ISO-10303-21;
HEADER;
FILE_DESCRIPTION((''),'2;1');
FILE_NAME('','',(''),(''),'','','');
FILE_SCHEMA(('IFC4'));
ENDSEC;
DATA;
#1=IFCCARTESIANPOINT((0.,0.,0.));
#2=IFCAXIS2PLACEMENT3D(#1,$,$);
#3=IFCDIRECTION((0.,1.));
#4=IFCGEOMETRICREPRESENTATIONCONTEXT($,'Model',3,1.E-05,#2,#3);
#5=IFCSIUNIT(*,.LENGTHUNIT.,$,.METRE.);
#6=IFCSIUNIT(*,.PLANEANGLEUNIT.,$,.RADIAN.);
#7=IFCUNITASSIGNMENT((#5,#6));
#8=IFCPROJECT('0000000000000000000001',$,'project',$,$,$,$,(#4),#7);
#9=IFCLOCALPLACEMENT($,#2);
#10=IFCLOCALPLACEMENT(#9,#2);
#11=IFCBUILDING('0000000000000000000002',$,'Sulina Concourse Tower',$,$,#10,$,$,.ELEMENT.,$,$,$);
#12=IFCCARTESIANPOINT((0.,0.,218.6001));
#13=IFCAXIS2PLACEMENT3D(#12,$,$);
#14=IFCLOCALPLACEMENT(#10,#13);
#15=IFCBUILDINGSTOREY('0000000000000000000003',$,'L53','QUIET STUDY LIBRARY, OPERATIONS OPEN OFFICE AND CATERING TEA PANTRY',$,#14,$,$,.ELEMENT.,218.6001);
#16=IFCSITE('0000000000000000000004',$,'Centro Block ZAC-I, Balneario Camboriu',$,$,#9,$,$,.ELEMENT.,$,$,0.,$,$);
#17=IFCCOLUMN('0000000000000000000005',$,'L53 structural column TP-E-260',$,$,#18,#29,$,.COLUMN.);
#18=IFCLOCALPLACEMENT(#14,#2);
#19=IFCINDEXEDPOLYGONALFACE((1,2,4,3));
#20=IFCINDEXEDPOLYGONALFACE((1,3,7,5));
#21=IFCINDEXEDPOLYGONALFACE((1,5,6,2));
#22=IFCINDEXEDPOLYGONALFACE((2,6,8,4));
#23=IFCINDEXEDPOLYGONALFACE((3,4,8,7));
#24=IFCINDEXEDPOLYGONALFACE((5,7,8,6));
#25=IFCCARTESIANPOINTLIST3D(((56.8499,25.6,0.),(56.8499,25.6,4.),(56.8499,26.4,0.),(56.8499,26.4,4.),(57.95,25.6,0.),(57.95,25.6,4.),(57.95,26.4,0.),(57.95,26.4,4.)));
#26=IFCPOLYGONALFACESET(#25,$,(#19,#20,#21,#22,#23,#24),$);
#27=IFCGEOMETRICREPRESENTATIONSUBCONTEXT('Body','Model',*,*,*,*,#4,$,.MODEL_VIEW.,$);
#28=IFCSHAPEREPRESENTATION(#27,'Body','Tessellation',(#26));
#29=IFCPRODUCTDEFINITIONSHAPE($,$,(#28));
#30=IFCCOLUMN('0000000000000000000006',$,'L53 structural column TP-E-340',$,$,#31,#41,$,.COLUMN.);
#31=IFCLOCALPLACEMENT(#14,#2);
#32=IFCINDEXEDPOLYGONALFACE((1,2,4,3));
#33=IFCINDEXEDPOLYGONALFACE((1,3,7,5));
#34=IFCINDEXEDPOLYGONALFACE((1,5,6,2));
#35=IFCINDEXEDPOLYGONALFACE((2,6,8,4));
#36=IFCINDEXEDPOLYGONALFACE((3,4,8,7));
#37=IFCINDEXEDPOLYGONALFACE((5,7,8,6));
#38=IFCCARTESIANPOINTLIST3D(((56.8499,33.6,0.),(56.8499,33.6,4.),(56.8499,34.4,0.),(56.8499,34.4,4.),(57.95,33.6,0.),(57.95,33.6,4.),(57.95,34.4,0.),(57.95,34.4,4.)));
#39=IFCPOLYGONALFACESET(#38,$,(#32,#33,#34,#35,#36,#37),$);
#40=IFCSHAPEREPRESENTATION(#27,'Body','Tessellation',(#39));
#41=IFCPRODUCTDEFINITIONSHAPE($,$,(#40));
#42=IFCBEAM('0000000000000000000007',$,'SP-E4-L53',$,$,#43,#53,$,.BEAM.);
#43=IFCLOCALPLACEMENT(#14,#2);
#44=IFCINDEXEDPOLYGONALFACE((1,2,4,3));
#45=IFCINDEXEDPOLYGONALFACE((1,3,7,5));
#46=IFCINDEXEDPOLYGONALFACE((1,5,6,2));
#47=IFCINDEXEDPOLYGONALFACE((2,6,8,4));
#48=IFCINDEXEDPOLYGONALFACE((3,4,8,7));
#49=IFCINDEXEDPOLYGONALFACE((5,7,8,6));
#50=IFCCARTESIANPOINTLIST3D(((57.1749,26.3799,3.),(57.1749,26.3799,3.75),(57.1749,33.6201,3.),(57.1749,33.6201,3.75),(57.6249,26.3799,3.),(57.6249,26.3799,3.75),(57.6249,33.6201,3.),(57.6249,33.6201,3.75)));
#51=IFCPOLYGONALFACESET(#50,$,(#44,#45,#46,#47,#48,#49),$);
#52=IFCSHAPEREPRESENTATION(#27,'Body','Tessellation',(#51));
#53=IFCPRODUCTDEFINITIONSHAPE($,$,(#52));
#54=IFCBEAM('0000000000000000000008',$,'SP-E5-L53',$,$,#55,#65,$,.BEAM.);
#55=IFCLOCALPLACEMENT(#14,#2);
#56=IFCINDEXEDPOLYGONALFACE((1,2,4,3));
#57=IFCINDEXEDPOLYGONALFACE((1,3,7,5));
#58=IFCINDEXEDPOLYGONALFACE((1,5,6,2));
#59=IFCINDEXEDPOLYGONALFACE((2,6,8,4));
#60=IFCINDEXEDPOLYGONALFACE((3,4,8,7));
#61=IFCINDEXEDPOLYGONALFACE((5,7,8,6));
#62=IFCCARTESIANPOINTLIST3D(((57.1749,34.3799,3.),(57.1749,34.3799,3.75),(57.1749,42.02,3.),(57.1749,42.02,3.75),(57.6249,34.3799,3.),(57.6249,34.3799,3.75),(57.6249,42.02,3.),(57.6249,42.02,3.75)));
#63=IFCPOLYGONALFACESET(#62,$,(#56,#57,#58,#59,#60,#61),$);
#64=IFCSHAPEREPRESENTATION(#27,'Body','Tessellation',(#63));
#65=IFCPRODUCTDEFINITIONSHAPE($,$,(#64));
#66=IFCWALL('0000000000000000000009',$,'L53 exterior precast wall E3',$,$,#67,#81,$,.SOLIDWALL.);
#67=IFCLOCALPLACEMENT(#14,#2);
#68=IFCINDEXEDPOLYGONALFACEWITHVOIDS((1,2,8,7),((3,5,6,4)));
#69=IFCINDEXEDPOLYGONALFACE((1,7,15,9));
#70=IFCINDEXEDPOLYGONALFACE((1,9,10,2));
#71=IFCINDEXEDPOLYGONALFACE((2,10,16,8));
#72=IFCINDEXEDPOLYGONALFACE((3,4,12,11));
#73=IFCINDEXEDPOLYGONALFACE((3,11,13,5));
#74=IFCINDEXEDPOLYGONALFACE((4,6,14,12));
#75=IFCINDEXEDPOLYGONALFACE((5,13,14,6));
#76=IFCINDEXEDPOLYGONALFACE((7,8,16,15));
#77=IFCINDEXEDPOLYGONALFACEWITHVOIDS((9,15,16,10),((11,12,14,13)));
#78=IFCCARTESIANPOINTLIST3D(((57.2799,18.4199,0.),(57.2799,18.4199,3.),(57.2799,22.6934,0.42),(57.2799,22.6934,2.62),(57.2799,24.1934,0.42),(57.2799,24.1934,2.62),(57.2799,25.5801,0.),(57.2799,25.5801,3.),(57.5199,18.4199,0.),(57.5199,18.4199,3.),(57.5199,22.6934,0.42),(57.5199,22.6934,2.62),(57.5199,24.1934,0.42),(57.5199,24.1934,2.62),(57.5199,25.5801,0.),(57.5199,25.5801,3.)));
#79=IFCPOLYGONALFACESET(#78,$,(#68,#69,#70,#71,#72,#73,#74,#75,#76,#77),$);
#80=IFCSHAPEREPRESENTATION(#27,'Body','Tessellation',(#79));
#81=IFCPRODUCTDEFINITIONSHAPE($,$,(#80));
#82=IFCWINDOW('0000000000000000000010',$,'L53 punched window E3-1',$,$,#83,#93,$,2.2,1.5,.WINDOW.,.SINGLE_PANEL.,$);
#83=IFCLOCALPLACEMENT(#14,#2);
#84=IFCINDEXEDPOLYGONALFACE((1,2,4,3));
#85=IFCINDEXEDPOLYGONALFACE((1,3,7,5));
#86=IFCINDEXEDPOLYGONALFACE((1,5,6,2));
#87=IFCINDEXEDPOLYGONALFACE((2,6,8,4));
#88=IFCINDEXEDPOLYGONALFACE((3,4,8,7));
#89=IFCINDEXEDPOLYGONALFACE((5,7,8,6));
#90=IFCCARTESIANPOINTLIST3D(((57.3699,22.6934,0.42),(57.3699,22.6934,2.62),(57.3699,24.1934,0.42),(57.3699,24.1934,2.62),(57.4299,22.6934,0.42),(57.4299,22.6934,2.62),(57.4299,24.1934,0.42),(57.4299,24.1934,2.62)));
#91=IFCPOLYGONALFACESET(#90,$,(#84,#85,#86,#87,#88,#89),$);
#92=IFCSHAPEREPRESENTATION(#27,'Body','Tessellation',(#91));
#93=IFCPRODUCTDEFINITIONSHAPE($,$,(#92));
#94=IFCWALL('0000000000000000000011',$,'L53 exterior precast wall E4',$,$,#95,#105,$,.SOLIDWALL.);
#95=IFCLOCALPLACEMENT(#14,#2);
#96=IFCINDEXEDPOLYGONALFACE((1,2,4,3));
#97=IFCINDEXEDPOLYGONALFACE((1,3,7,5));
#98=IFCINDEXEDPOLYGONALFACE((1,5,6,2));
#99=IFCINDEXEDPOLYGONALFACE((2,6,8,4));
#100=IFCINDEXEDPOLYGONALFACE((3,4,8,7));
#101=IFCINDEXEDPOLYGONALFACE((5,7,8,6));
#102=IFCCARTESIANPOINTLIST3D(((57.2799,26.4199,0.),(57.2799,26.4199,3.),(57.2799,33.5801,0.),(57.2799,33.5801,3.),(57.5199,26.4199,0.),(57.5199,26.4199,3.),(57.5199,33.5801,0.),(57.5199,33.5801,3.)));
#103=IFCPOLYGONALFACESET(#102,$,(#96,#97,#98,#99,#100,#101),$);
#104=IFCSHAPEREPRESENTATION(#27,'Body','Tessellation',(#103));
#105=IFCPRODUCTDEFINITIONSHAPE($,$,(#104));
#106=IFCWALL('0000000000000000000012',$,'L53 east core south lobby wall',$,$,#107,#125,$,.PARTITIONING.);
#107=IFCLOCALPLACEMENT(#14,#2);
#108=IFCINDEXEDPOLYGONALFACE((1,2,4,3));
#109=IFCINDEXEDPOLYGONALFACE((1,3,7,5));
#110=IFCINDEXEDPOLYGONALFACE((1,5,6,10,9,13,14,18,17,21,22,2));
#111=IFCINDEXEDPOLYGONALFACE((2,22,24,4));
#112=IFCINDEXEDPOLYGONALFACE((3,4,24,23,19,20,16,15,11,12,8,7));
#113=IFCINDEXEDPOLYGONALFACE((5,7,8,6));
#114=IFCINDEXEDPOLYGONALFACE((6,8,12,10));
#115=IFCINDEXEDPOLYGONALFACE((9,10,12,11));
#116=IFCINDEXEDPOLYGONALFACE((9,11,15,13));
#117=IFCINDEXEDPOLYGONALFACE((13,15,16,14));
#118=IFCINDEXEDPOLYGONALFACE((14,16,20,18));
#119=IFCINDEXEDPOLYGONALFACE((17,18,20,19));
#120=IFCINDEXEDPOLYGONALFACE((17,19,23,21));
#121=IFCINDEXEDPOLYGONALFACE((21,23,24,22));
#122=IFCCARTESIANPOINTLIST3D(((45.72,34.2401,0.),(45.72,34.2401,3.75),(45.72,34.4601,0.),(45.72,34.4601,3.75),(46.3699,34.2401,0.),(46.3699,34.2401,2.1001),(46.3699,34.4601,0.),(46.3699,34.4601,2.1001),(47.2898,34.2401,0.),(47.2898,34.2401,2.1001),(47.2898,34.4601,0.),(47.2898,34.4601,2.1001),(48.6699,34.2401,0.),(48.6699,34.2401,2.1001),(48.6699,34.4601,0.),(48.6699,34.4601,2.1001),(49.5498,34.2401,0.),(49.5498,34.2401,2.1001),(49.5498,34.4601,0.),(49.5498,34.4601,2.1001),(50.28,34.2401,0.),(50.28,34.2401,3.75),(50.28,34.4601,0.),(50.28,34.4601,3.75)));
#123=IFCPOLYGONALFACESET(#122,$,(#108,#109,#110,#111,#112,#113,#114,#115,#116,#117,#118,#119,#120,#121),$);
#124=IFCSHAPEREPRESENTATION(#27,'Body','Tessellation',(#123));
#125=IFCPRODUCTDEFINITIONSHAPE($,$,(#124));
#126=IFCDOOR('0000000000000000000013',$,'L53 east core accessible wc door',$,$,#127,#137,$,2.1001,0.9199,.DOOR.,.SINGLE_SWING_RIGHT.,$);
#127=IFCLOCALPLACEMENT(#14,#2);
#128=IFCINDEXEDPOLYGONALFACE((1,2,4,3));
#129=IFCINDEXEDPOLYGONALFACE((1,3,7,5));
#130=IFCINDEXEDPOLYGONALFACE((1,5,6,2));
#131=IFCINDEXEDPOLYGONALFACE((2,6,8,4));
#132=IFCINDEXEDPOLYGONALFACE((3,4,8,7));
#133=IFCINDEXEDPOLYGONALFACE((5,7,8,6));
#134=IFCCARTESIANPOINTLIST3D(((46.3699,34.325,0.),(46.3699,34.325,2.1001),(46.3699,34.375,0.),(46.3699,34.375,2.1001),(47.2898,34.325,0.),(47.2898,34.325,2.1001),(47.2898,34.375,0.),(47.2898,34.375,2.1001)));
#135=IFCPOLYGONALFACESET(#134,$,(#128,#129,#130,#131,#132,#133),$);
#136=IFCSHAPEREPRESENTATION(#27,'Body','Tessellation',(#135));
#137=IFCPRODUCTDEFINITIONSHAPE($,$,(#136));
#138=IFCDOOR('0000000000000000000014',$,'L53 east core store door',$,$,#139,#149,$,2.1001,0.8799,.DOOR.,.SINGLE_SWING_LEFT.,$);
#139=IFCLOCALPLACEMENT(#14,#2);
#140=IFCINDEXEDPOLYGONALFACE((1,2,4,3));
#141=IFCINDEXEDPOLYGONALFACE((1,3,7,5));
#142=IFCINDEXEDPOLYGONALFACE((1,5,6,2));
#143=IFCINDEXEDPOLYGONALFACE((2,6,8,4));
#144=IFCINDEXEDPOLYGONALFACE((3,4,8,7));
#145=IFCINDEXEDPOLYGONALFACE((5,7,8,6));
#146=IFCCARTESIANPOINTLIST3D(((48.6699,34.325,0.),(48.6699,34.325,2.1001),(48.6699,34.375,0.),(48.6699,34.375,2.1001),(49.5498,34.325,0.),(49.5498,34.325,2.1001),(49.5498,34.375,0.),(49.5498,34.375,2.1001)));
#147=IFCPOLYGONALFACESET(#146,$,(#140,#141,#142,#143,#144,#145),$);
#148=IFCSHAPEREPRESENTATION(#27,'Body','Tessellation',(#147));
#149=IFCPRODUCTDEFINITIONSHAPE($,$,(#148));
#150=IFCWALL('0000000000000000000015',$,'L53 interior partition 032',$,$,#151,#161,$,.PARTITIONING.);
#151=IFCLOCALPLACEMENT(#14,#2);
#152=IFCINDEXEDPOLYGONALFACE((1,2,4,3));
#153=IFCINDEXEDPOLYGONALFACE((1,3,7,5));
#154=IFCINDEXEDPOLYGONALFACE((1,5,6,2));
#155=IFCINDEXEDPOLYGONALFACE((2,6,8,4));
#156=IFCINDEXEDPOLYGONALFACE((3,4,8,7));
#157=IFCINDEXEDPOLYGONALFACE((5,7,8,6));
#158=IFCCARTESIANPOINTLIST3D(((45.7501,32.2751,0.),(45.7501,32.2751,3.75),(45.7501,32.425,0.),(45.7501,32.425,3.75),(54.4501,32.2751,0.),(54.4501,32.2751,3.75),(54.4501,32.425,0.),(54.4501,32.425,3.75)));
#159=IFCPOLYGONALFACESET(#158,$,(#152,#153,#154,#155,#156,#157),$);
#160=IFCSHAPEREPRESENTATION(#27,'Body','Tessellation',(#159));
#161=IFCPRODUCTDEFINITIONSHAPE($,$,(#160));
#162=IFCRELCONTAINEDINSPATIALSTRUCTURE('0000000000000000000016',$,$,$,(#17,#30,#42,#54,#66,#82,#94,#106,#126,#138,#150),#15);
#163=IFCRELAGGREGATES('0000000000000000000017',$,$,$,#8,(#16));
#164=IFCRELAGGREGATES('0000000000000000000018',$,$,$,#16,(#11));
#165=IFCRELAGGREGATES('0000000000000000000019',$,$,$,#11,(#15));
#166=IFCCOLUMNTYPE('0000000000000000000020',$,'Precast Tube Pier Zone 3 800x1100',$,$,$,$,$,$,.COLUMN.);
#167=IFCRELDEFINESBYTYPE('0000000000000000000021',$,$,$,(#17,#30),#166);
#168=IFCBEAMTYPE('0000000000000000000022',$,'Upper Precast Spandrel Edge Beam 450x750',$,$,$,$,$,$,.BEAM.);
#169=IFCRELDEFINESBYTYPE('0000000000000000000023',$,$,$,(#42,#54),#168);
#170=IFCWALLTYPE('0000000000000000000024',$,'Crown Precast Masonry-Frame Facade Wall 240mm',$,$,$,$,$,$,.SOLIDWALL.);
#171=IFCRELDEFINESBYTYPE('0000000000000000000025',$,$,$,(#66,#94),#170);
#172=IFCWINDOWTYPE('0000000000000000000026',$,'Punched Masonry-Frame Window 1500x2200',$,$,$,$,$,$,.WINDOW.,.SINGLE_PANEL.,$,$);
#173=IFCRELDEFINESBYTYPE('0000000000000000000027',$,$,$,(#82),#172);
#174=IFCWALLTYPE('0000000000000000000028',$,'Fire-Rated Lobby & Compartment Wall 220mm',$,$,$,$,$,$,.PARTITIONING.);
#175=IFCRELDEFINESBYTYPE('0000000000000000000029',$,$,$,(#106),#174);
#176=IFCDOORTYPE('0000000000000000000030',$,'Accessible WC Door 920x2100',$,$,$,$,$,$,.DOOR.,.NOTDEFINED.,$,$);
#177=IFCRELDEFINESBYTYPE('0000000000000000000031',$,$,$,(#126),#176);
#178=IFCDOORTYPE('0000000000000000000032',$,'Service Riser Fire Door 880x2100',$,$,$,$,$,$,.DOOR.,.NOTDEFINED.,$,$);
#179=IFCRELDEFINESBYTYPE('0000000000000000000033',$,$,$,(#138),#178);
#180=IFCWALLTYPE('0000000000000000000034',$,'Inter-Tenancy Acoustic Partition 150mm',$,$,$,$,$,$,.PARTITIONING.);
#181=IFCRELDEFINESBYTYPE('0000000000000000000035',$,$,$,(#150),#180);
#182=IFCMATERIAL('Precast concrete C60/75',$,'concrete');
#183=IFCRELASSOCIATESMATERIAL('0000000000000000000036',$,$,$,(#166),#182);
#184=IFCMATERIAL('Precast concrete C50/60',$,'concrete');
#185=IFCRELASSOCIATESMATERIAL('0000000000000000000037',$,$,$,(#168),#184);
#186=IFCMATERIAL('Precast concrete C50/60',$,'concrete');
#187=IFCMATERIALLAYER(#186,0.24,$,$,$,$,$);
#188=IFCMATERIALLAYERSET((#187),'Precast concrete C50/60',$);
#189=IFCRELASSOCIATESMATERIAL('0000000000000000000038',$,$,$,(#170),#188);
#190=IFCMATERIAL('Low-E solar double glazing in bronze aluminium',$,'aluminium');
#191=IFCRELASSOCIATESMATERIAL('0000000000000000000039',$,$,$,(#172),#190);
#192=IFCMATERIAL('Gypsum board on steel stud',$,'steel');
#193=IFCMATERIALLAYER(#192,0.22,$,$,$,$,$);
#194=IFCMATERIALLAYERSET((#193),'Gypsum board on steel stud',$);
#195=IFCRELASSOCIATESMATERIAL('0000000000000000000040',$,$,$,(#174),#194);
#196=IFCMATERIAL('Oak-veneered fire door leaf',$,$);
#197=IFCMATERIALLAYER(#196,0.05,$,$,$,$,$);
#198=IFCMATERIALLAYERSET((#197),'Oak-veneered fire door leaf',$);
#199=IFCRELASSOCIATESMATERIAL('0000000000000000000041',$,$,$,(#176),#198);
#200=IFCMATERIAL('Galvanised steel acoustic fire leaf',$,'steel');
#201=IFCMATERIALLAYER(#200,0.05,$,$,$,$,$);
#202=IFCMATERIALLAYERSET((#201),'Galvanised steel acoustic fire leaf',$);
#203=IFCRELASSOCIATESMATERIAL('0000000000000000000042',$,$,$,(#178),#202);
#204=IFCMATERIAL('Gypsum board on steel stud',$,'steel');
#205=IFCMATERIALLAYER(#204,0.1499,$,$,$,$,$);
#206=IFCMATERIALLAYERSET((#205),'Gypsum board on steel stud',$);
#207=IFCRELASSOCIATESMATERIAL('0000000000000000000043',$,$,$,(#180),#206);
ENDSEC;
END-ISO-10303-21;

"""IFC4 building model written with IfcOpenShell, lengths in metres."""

from ifc_helpers import new_model, si_unit, direction, frame, frame_2d, origin, origin_2d, place, context, subcontext, project, spatial, rectangle, extrude, material, layer, layer_set, material_profile, profile_set, type_object, element, fill, save


model = new_model("IFC4")

# Units and contexts
model_context = context("Model", 3, precision=1e-05, world=origin(), true_north=direction((0.0, 1.0)))
body_context = subcontext(model_context, "Body", "Model", "MODEL_VIEW")
ifc_project = project(units=[si_unit("LENGTHUNIT", "METRE"), si_unit("PLANEANGLEUNIT", "RADIAN")], contexts=[model_context])

# Site, building, storey
site_placement = place(None, origin())
site = spatial("IfcSite", under=ifc_project, at=site_placement, Name="Centro Block ZAC-I, Balneario Camboriu", CompositionType="ELEMENT", RefElevation=0.0)
building_placement = place(site_placement, origin())
building = spatial("IfcBuilding", under=site, at=building_placement, Name="Sulina Concourse Tower", CompositionType="ELEMENT")
storey_placement = place(building_placement, frame((0.0, 0.0, 218.6001)))
storey = spatial("IfcBuildingStorey", under=building, at=storey_placement, Name="L53", Description="QUIET STUDY LIBRARY, OPERATIONS OPEN OFFICE AND CATERING TEA PANTRY", CompositionType="ELEMENT", Elevation=218.6001)

# Columns
ifc_material_1 = material(Name="Precast concrete C60/75", Category="concrete")
ifc_material_profile_1 = material_profile(ifc_material_1, rectangle(XDim=0.8, YDim=1.1001, at=origin_2d()), Name="PC 800x1100")
ifc_profile_set_1 = profile_set([ifc_material_profile_1], Name="Precast concrete C60/75")
column_type = type_object("IfcColumnType", Name="Precast Tube Pier Zone 3 800x1100", PredefinedType="COLUMN", material=ifc_profile_set_1)
for number, where, z_axis, x_axis, name in (
    (1, (57.3999, 26.0, 0.0), (0.0, 0.0, 1.0), (0.0, 1.0, 0.0), "L53 structural column TP-E-260"),
    (2, (57.3999, 34.0, 0.0), (0.0, 0.0, 1.0), (0.0, 1.0, 0.0), "L53 structural column TP-E-340"),
):
    element("IfcColumn", number, at=place(storey_placement, frame(where, z_axis=z_axis, x_axis=x_axis)), inside=storey, type_object=column_type, Name=name, PredefinedType="COLUMN", context=body_context, shape_type="SweptSolid", body=[
        extrude(rectangle(XDim=0.8, YDim=1.1001, at=origin_2d()), origin(), (0.0, 0.0, 1.0), 4.0),
    ])

# Beams
ifc_material_2 = material(Name="Precast concrete C50/60", Category="concrete")
ifc_material_profile_2 = material_profile(ifc_material_2, rectangle(XDim=0.45, YDim=0.75, at=origin_2d()), Name="RC 450x750")
ifc_profile_set_2 = profile_set([ifc_material_profile_2], Name="Precast concrete C50/60")
beam_type = type_object("IfcBeamType", Name="Upper Precast Spandrel Edge Beam 450x750", PredefinedType="BEAM", material=ifc_profile_set_2)
beam_1_placement = place(storey_placement, frame((57.3999, 26.3799, 3.375), z_axis=(0.0, 1.0, 0.0), x_axis=(-1.0, 0.0, 0.0)))
element("IfcBeam", 3, at=beam_1_placement, inside=storey, type_object=beam_type, Name="SP-E4-L53", PredefinedType="BEAM", context=body_context, shape_type="SweptSolid", body=[
    extrude(rectangle(XDim=0.45, YDim=0.75, at=origin_2d()), origin(), (0.0, 0.0, 1.0), 7.2402),
])
beam_2_placement = place(storey_placement, frame((57.3999, 34.3799, 3.375), z_axis=(0.0, 1.0, 0.0), x_axis=(-1.0, 0.0, 0.0)))
element("IfcBeam", 4, at=beam_2_placement, inside=storey, type_object=beam_type, Name="SP-E5-L53", PredefinedType="BEAM", context=body_context, shape_type="SweptSolid", body=[
    extrude(rectangle(XDim=0.45, YDim=0.75, at=origin_2d()), origin(), (0.0, 0.0, 1.0), 7.6401),
])

# Wall, opening, window
ifc_material_3 = material(Name="Precast concrete C50/60", Category="concrete")
ifc_layer_1 = layer(ifc_material_3, 0.24)
ifc_layer_set_1 = layer_set([ifc_layer_1], Name="Precast concrete C50/60")
wall_type_1 = type_object("IfcWallType", Name="Crown Precast Masonry-Frame Facade Wall 240mm", PredefinedType="SOLIDWALL", material=ifc_layer_set_1)
wall_1_placement = place(storey_placement, frame((57.3999, 25.5801, 0.0), z_axis=(0.0, 0.0, 1.0), x_axis=(0.0, -1.0, 0.0)))
wall_1 = element("IfcWall", 5, at=wall_1_placement, inside=storey, type_object=wall_type_1, Name="L53 exterior precast wall E3", PredefinedType="SOLIDWALL", context=body_context, shape_type="SweptSolid", body=[
    extrude(rectangle(XDim=7.1602, YDim=0.24, at=frame_2d((3.5801, 0.0))), origin(), (0.0, 0.0, 1.0), 3.0),
])
opening_1_placement = place(wall_1_placement, frame((1.3867, 0.0, 0.4199)))
opening_1 = element("IfcOpeningElement", 6, at=opening_1_placement, cuts=wall_1, PredefinedType="OPENING", context=body_context, shape_type="SweptSolid", body=[
    extrude(rectangle(XDim=1.5, YDim=2.2, at=frame_2d((0.75, 1.1001))), frame((0.0, 0.1299, 0.0), z_axis=(0.0, -1.0, 0.0), x_axis=(1.0, 0.0, 0.0)), (0.0, 0.0, 1.0), 0.26),
])
ifc_material_4 = material(Name="Low-E solar double glazing in bronze aluminium", Category="aluminium")
window_type = type_object("IfcWindowType", Name="Punched Masonry-Frame Window 1500x2200", PartitioningType="SINGLE_PANEL", PredefinedType="WINDOW", material=ifc_material_4)
window_placement = place(opening_1_placement, origin())
window = element("IfcWindow", 7, at=window_placement, inside=storey, type_object=window_type, Name="L53 punched window E3-1", OverallHeight=2.2, OverallWidth=1.5, PartitioningType="SINGLE_PANEL", PredefinedType="WINDOW", context=body_context, shape_type="SweptSolid", body=[
    extrude(rectangle(XDim=1.5, YDim=2.2, at=frame_2d((0.75, 1.1001))), frame((0.0, 0.03, 0.0), z_axis=(0.0, -1.0, 0.0), x_axis=(1.0, 0.0, 0.0)), (0.0, 0.0, 1.0), 0.0601),
])
fill(opening_1, window)

# Wall
wall_2_placement = place(storey_placement, frame((57.3999, 33.5801, 0.0), z_axis=(0.0, 0.0, 1.0), x_axis=(0.0, -1.0, 0.0)))
element("IfcWall", 8, at=wall_2_placement, inside=storey, type_object=wall_type_1, Name="L53 exterior precast wall E4", PredefinedType="SOLIDWALL", context=body_context, shape_type="SweptSolid", body=[
    extrude(rectangle(XDim=7.1602, YDim=0.24, at=frame_2d((3.5801, 0.0))), origin(), (0.0, 0.0, 1.0), 3.0),
])

# Wall, openings, doors
ifc_material_5 = material(Name="Gypsum board on steel stud", Category="steel")
ifc_layer_2 = layer(ifc_material_5, 0.22)
ifc_layer_set_2 = layer_set([ifc_layer_2], Name="Gypsum board on steel stud")
wall_type_2 = type_object("IfcWallType", Name="Fire-Rated Lobby & Compartment Wall 220mm", PredefinedType="PARTITIONING", material=ifc_layer_set_2)
wall_3_placement = place(storey_placement, frame((45.72, 34.3501, 0.0), z_axis=(0.0, 0.0, 1.0), x_axis=(1.0, 0.0, 0.0)))
wall_3 = element("IfcWall", 9, at=wall_3_placement, inside=storey, type_object=wall_type_2, Name="L53 east core south lobby wall", PredefinedType="PARTITIONING", context=body_context, shape_type="SweptSolid", body=[
    extrude(rectangle(XDim=4.5601, YDim=0.22, at=frame_2d((2.28, 0.0))), origin(), (0.0, 0.0, 1.0), 3.75),
])
opening_2_placement = place(wall_3_placement, frame((0.6499, 0.0, 0.0)))
opening_2 = element("IfcOpeningElement", 10, at=opening_2_placement, cuts=wall_3, PredefinedType="OPENING", context=body_context, shape_type="SweptSolid", body=[
    extrude(rectangle(XDim=0.9199, YDim=2.1001, at=frame_2d((0.46, 1.05))), frame((0.0, 0.1199, 0.0), z_axis=(0.0, -1.0, 0.0), x_axis=(1.0, 0.0, 0.0)), (0.0, 0.0, 1.0), 0.24),
])
opening_3_placement = place(wall_3_placement, frame((2.95, 0.0, 0.0)))
opening_3 = element("IfcOpeningElement", 11, at=opening_3_placement, cuts=wall_3, PredefinedType="OPENING", context=body_context, shape_type="SweptSolid", body=[
    extrude(rectangle(XDim=0.8799, YDim=2.1001, at=frame_2d((0.4399, 1.05))), frame((0.0, 0.1199, 0.0), z_axis=(0.0, -1.0, 0.0), x_axis=(1.0, 0.0, 0.0)), (0.0, 0.0, 1.0), 0.24),
])
ifc_material_6 = material(Name="Oak-veneered fire door leaf")
ifc_layer_3 = layer(ifc_material_6, 0.05)
ifc_layer_set_3 = layer_set([ifc_layer_3], Name="Oak-veneered fire door leaf")
door_type_1 = type_object("IfcDoorType", Name="Accessible WC Door 920x2100", OperationType="NOTDEFINED", PredefinedType="DOOR", material=ifc_layer_set_3)
door_1_placement = place(opening_2_placement, origin())
door_1 = element("IfcDoor", 12, at=door_1_placement, inside=storey, type_object=door_type_1, Name="L53 east core accessible wc door", OperationType="SINGLE_SWING_RIGHT", OverallHeight=2.1001, OverallWidth=0.9199, PredefinedType="DOOR", context=body_context, shape_type="SweptSolid", body=[
    extrude(rectangle(XDim=0.9199, YDim=2.1001, at=frame_2d((0.46, 1.05))), frame((0.0, 0.0249, 0.0), z_axis=(0.0, -1.0, 0.0), x_axis=(1.0, 0.0, 0.0)), (0.0, 0.0, 1.0), 0.05),
])
fill(opening_2, door_1)
ifc_material_7 = material(Name="Galvanised steel acoustic fire leaf", Category="steel")
ifc_layer_4 = layer(ifc_material_7, 0.05)
ifc_layer_set_4 = layer_set([ifc_layer_4], Name="Galvanised steel acoustic fire leaf")
door_type_2 = type_object("IfcDoorType", Name="Service Riser Fire Door 880x2100", OperationType="NOTDEFINED", PredefinedType="DOOR", material=ifc_layer_set_4)
door_2_placement = place(opening_3_placement, origin())
door_2 = element("IfcDoor", 13, at=door_2_placement, inside=storey, type_object=door_type_2, Name="L53 east core store door", OperationType="SINGLE_SWING_LEFT", OverallHeight=2.1001, OverallWidth=0.8799, PredefinedType="DOOR", context=body_context, shape_type="SweptSolid", body=[
    extrude(rectangle(XDim=0.8799, YDim=2.1001, at=frame_2d((0.4399, 1.05))), frame((0.0, 0.0249, 0.0), z_axis=(0.0, -1.0, 0.0), x_axis=(1.0, 0.0, 0.0)), (0.0, 0.0, 1.0), 0.05),
])
fill(opening_3, door_2)

# Wall
ifc_material_8 = material(Name="Gypsum board on steel stud", Category="steel")
ifc_layer_5 = layer(ifc_material_8, 0.1499)
ifc_layer_set_5 = layer_set([ifc_layer_5], Name="Gypsum board on steel stud")
wall_type_3 = type_object("IfcWallType", Name="Inter-Tenancy Acoustic Partition 150mm", PredefinedType="PARTITIONING", material=ifc_layer_set_5)
wall_4_placement = place(storey_placement, frame((45.75, 32.3501, 0.0), z_axis=(0.0, 0.0, 1.0), x_axis=(1.0, 0.0, 0.0)))
element("IfcWall", 14, at=wall_4_placement, inside=storey, type_object=wall_type_3, Name="L53 interior partition 032", PredefinedType="PARTITIONING", context=body_context, shape_type="SweptSolid", body=[
    extrude(rectangle(XDim=8.7, YDim=0.1499, at=frame_2d((4.3501, 0.0))), origin(), (0.0, 0.0, 1.0), 3.75),
])

save(model, "model.ifc")
